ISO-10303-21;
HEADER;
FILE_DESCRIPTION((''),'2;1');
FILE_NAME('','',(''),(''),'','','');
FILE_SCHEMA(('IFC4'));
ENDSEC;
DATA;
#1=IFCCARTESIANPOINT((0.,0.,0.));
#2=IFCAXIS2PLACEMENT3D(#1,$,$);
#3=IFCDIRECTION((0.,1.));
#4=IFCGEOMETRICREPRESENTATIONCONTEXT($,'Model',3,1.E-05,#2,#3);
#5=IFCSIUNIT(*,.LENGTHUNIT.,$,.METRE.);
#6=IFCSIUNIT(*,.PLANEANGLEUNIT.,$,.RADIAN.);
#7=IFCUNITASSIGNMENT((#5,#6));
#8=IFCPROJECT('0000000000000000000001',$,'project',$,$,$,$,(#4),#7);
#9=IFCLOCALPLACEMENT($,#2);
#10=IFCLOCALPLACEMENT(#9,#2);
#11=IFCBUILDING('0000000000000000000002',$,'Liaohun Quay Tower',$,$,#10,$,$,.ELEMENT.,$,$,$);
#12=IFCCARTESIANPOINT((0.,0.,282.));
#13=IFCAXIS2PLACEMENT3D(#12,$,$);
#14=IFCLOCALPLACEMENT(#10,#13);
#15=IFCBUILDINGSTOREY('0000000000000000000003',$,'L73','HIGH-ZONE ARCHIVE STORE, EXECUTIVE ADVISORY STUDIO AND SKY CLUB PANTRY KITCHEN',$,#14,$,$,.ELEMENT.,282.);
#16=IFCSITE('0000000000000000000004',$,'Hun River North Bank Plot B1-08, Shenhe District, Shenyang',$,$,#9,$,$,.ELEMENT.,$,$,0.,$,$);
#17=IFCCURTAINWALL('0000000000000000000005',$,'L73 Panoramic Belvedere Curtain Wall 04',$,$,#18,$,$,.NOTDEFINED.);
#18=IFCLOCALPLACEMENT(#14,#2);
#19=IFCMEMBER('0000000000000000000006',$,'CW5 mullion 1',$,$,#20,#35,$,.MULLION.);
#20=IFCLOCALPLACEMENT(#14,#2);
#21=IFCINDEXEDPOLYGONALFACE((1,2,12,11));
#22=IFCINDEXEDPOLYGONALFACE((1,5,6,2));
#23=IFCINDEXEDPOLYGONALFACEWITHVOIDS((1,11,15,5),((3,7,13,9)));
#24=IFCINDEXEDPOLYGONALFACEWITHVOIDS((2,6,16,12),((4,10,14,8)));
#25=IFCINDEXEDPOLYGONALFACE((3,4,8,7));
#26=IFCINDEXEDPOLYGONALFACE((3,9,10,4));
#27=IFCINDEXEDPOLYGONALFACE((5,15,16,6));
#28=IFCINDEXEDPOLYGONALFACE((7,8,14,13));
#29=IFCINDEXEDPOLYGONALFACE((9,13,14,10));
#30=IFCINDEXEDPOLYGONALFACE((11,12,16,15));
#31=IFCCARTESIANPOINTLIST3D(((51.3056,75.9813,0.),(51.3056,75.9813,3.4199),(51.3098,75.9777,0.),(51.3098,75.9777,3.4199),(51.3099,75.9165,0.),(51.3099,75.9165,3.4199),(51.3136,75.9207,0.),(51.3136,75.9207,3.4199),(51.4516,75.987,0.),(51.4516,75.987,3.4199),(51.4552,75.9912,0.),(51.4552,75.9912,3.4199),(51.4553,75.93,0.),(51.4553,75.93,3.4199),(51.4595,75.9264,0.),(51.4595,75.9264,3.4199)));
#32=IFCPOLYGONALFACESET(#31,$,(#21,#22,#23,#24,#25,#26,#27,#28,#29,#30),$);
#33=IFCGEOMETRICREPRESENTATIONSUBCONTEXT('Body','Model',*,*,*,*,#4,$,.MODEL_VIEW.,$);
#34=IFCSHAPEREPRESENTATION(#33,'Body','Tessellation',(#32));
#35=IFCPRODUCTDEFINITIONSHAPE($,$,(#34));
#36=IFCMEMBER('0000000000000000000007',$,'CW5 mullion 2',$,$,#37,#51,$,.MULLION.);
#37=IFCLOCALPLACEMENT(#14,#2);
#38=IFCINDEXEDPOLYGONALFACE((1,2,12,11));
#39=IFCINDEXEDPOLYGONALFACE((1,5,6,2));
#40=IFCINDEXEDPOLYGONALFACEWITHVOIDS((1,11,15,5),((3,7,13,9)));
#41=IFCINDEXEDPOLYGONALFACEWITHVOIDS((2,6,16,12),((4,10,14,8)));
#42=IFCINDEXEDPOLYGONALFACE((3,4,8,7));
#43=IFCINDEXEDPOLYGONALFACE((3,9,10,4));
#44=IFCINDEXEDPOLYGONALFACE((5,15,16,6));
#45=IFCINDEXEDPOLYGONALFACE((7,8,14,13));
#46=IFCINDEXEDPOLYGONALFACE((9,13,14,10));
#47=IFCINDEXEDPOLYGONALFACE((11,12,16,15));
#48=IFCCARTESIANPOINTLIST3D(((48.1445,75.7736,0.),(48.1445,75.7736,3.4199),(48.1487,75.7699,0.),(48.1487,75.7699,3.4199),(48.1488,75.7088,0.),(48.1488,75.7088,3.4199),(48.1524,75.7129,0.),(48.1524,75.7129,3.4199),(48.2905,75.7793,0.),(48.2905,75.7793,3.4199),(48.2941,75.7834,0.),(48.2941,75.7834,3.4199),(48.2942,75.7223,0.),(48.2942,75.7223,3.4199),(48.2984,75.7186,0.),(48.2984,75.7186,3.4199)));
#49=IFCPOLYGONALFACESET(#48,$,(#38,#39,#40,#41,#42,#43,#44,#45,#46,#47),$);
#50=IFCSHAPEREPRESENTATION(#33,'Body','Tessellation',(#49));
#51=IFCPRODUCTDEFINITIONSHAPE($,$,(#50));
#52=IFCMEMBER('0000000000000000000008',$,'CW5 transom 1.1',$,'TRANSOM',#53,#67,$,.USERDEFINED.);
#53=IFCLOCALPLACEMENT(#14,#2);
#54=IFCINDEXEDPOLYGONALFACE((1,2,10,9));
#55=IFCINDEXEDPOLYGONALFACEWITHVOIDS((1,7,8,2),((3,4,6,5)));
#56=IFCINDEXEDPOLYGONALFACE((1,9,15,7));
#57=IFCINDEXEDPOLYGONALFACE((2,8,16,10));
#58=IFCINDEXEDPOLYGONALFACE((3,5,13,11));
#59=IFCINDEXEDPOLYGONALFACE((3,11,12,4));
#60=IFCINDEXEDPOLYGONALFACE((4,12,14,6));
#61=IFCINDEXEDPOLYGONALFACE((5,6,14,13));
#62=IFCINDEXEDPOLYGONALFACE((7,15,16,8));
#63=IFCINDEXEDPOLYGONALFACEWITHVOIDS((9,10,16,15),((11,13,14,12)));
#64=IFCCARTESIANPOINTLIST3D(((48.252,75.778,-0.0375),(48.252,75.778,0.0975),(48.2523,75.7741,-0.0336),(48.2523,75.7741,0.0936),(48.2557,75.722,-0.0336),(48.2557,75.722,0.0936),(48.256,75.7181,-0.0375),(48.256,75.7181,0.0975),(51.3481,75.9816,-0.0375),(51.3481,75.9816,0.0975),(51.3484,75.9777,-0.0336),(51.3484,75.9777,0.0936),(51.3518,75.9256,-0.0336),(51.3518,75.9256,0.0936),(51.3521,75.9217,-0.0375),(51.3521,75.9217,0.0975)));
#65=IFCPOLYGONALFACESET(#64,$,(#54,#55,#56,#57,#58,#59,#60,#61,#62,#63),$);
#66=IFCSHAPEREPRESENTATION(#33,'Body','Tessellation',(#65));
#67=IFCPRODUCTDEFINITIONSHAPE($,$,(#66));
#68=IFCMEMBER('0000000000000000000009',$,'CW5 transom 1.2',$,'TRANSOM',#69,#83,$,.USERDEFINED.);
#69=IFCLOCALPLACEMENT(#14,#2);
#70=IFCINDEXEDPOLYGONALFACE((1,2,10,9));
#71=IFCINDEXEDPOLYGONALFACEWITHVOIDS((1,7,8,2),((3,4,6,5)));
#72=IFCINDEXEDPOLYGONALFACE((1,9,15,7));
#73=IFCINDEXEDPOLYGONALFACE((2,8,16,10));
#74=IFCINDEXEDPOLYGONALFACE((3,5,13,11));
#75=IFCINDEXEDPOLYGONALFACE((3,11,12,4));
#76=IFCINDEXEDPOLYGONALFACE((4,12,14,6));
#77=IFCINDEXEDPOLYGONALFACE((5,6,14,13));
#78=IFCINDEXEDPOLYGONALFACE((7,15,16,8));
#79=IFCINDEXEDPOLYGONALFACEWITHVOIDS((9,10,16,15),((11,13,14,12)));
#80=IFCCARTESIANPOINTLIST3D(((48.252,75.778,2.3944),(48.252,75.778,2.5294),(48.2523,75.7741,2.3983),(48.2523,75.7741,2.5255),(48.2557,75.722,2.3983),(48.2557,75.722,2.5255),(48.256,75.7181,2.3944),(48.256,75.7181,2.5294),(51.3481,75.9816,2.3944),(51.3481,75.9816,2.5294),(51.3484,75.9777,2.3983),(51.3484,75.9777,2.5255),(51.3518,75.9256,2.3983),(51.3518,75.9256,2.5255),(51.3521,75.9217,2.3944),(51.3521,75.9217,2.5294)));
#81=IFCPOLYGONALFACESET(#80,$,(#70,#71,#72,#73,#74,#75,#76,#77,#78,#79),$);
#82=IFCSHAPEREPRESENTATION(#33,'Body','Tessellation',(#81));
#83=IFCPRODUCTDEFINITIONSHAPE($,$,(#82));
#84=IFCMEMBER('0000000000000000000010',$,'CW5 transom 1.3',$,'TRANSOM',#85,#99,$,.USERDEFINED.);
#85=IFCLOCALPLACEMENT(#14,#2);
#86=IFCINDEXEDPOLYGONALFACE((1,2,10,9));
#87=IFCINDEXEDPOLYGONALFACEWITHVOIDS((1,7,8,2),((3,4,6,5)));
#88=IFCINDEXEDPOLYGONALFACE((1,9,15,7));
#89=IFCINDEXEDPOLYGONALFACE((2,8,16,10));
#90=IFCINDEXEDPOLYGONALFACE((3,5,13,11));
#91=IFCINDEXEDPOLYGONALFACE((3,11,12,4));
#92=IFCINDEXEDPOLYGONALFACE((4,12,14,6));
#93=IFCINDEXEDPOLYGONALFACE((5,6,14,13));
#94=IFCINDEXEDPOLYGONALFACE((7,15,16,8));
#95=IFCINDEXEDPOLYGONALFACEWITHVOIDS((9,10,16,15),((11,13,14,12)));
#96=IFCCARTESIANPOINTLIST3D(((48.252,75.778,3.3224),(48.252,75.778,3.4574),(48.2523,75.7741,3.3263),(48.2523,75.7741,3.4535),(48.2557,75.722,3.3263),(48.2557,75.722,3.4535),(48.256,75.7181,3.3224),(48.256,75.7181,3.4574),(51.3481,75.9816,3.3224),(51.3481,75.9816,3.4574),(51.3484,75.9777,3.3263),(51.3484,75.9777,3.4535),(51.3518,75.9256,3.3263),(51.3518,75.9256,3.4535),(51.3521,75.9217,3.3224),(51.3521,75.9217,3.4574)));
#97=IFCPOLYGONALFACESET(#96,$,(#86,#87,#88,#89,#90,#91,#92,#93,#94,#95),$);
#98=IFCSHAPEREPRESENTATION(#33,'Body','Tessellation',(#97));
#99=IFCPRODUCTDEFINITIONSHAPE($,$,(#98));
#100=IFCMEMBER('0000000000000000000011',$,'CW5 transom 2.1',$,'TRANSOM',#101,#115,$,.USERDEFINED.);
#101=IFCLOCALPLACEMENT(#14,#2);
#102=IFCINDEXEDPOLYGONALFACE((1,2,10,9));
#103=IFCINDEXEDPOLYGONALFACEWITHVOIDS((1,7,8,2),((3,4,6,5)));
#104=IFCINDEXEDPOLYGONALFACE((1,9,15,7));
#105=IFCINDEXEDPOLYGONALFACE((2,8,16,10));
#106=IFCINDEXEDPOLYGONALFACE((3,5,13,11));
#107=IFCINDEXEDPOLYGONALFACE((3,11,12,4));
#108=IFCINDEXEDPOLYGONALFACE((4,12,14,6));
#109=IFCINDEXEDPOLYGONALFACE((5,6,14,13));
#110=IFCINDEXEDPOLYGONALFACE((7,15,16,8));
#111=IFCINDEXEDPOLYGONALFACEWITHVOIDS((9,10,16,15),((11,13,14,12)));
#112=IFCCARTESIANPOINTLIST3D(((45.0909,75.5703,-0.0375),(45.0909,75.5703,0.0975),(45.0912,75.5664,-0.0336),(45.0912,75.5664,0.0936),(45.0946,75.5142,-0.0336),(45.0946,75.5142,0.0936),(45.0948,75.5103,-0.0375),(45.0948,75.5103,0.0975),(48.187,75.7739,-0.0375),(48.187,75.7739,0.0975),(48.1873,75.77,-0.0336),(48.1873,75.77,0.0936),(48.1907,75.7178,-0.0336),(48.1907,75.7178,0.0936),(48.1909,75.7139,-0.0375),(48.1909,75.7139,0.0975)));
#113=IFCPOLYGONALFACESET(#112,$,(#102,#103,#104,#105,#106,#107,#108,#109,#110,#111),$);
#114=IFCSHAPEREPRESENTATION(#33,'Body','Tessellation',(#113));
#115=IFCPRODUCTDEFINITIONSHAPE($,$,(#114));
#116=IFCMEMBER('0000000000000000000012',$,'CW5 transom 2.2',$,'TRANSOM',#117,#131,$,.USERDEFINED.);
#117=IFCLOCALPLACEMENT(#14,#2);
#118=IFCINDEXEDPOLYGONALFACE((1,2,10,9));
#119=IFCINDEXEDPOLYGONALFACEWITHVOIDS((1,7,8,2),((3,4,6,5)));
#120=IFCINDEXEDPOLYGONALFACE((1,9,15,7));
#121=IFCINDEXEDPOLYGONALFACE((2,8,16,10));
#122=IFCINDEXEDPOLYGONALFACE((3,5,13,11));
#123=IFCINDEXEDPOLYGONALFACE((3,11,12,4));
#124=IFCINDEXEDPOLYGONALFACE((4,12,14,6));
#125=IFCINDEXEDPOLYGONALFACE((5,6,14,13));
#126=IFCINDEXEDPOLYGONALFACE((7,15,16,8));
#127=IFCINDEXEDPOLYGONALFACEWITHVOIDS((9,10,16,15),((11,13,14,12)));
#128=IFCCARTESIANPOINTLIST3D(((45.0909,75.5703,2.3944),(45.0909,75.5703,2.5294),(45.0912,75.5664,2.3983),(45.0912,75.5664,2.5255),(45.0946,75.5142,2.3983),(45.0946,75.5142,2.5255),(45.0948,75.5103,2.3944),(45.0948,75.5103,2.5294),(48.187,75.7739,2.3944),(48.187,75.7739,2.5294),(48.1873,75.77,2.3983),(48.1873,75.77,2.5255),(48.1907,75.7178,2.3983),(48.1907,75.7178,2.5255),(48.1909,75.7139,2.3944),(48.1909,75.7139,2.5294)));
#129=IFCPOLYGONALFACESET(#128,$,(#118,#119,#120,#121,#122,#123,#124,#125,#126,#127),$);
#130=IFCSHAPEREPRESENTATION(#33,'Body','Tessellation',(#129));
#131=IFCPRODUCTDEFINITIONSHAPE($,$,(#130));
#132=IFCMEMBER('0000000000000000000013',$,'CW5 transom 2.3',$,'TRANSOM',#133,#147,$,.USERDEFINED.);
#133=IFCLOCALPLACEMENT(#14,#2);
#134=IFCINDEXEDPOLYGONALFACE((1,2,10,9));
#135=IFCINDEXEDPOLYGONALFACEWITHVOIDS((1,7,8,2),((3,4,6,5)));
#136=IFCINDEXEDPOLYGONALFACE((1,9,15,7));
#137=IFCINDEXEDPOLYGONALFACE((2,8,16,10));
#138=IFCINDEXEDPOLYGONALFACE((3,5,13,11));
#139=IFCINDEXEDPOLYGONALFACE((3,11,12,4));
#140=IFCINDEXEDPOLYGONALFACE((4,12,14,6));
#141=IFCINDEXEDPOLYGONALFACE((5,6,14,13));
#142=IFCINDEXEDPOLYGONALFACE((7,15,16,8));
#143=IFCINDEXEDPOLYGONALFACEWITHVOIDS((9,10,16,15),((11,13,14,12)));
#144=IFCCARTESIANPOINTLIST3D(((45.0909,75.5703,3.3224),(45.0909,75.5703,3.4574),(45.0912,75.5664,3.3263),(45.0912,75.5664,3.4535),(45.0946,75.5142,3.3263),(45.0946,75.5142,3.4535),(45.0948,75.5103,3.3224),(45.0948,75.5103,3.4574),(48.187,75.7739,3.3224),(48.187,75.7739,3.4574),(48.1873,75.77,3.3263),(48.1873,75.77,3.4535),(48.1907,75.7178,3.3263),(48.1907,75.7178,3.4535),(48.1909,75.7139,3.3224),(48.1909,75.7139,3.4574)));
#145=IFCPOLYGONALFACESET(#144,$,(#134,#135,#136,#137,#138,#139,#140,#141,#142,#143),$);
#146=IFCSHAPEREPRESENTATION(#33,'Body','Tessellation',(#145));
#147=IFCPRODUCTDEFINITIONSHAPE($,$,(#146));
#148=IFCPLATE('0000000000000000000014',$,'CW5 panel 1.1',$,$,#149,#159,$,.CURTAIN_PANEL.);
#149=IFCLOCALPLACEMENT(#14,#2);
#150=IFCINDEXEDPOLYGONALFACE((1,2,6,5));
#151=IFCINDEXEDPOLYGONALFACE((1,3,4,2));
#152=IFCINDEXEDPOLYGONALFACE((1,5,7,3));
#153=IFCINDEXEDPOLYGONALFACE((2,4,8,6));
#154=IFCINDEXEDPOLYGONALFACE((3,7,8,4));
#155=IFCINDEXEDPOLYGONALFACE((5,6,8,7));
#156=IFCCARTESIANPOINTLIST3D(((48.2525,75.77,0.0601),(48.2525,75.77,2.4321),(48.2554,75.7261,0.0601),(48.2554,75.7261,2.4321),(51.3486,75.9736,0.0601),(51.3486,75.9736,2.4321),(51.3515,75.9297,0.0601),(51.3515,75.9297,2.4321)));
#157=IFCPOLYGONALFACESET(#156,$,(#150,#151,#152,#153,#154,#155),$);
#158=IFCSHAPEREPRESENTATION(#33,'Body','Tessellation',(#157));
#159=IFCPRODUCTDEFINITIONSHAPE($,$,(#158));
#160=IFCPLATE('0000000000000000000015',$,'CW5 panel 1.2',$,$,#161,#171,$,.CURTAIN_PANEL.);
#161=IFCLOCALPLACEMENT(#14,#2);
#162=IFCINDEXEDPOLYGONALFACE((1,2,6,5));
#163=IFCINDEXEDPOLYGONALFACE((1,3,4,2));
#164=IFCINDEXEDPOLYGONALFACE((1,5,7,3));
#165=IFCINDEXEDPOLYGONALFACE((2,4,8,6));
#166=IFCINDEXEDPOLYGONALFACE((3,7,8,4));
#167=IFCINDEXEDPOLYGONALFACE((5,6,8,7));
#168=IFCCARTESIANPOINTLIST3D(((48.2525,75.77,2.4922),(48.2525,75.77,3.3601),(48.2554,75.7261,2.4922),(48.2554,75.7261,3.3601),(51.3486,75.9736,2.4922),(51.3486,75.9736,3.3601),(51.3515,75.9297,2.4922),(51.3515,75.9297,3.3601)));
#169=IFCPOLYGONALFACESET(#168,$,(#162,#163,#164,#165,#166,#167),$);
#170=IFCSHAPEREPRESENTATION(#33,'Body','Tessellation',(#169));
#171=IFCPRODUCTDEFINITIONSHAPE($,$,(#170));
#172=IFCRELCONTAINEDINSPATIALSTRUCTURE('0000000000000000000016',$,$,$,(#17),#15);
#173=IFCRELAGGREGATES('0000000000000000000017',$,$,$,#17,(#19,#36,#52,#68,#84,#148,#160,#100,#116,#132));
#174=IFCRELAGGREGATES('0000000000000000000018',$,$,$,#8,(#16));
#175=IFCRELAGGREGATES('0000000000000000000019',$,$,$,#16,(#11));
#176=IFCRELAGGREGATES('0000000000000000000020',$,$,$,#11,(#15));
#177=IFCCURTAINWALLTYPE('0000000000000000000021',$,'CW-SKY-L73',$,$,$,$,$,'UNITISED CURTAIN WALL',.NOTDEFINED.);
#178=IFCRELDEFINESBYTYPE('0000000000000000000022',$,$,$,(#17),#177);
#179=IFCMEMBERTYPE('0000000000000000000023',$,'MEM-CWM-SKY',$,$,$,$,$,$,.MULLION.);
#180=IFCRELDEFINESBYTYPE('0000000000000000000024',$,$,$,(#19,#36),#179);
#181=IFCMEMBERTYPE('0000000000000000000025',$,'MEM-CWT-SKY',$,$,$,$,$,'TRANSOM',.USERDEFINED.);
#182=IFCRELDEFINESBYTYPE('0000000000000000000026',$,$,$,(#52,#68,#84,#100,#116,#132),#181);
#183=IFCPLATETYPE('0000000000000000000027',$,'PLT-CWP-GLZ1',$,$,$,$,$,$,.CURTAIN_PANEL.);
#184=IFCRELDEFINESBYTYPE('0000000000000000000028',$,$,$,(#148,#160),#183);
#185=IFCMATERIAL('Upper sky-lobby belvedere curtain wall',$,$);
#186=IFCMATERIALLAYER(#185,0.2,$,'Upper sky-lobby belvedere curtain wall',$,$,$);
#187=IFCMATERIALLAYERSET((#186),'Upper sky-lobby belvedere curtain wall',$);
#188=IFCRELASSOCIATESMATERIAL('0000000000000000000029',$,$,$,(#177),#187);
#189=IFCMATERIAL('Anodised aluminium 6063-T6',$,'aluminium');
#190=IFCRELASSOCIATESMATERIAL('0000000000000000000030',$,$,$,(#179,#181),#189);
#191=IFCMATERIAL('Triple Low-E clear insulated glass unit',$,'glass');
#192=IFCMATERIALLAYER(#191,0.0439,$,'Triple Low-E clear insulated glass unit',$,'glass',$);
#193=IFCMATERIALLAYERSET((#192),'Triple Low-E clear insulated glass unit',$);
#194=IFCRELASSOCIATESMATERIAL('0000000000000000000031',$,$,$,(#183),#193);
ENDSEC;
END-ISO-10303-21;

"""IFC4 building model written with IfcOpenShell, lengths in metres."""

from ifc_helpers import new_model, si_unit, direction, frame, origin, origin_2d, place, context, subcontext, project, spatial, rectangle, hollow_rectangle, extrude, source, transform, mapped, material, layer, layer_set, material_profile, profile_set, type_object, element, aggregate, save


model = new_model("IFC4")

# Units and contexts
model_context = context("Model", 3, precision=1e-05, world=origin(), true_north=direction((0.0, 1.0)))
body_context = subcontext(model_context, "Body", "Model", "MODEL_VIEW")
ifc_project = project(units=[si_unit("LENGTHUNIT", "METRE"), si_unit("PLANEANGLEUNIT", "RADIAN")], contexts=[model_context])

# Site, building, storey
site_placement = place(None, origin())
site = spatial("IfcSite", under=ifc_project, at=site_placement, Name="Hun River North Bank Plot B1-08, Shenhe District, Shenyang", CompositionType="ELEMENT", RefElevation=0.0)
building_placement = place(site_placement, origin())
building = spatial("IfcBuilding", under=site, at=building_placement, Name="Liaohun Quay Tower", CompositionType="ELEMENT")
storey_placement = place(building_placement, frame((0.0, 0.0, 282.0)))
storey = spatial("IfcBuildingStorey", under=building, at=storey_placement, Name="L73", Description="HIGH-ZONE ARCHIVE STORE, EXECUTIVE ADVISORY STUDIO AND SKY CLUB PANTRY KITCHEN", CompositionType="ELEMENT", Elevation=282.0)

# Curtain wall, members, plates
ifc_material_1 = material(Name="Upper sky-lobby belvedere curtain wall")
ifc_layer_1 = layer(ifc_material_1, 0.2, Name="Upper sky-lobby belvedere curtain wall")
ifc_layer_set_1 = layer_set([ifc_layer_1], Name="Upper sky-lobby belvedere curtain wall")
curtain_wall_type = type_object("IfcCurtainWallType", Name="CW-SKY-L73", ElementType="UNITISED CURTAIN WALL", PredefinedType="NOTDEFINED", material=ifc_layer_set_1)
curtain_wall_placement = place(storey_placement, origin())
curtain_wall = element("IfcCurtainWall", 1, at=curtain_wall_placement, inside=storey, type_object=curtain_wall_type, Name="L73 Panoramic Belvedere Curtain Wall 04", PredefinedType="NOTDEFINED")
ifc_material_2 = material(Name="Anodised aluminium 6063-T6", Category="aluminium")
ifc_material_profile_1 = material_profile(ifc_material_2, hollow_rectangle(XDim=0.0649, YDim=0.1499, WallThickness=0.0039, at=origin_2d()), Name="RHS150x65x4")
ifc_profile_set_1 = profile_set([ifc_material_profile_1], Name="Anodised aluminium 6063-T6")
member_type_1 = type_object("IfcMemberType", Name="MEM-CWM-SKY", PredefinedType="MULLION", material=ifc_profile_set_1)
shared_shape_1 = source(origin(), body_context, "Body", "SweptSolid", [
    extrude(hollow_rectangle(XDim=0.0649, YDim=0.1499, WallThickness=0.0039, at=origin_2d()), origin(), (0.0, 0.0, 1.0), 3.4199),
])
member_1_placement = place(storey_placement, frame((51.3826, 75.9539, 0.0), z_axis=(0.0, 0.0, 1.0), x_axis=(0.065617, -0.997845, 0.0)))
member_1 = element("IfcMember", 2, at=member_1_placement, type_object=member_type_1, Name="CW5 mullion 1", PredefinedType="MULLION", context=body_context, shape_type="MappedRepresentation", body=[
    mapped(shared_shape_1, transform((0.0, 0.0, 0.0), x_axis=(1.0, 0.0, 0.0), y_axis=(0.0, 1.0, 0.0), z_axis=(0.0, 0.0, 1.0), scale=1.0)),
])
member_2_placement = place(storey_placement, frame((48.2214, 75.7461, 0.0), z_axis=(0.0, 0.0, 1.0), x_axis=(0.065617, -0.997845, 0.0)))
member_2 = element("IfcMember", 3, at=member_2_placement, type_object=member_type_1, Name="CW5 mullion 2", PredefinedType="MULLION", context=body_context, shape_type="MappedRepresentation", body=[
    mapped(shared_shape_1, transform((0.0, 0.0, 0.0), x_axis=(1.0, 0.0, 0.0), y_axis=(0.0, 1.0, 0.0), z_axis=(0.0, 0.0, 1.0), scale=1.0)),
])
ifc_material_profile_2 = material_profile(ifc_material_2, hollow_rectangle(XDim=0.0601, YDim=0.135, WallThickness=0.0039, at=origin_2d()), Name="RHS135x60x4")
ifc_profile_set_2 = profile_set([ifc_material_profile_2], Name="Anodised aluminium 6063-T6")
member_type_2 = type_object("IfcMemberType", Name="MEM-CWT-SKY", ElementType="TRANSOM", PredefinedType="USERDEFINED", material=ifc_profile_set_2)
shared_shape_2 = source(origin(), body_context, "Body", "SweptSolid", [
    extrude(hollow_rectangle(XDim=0.0601, YDim=0.135, WallThickness=0.0039, at=origin_2d()), origin(), (0.0, 0.0, 1.0), 3.1028),
])
member_3_placement = place(storey_placement, frame((51.3501, 75.9517, 0.03), z_axis=(-0.997845, -0.065621, 0.0), x_axis=(0.065621, -0.997845, 0.0)))
member_3 = element("IfcMember", 4, at=member_3_placement, type_object=member_type_2, Name="CW5 transom 1.1", ObjectType="TRANSOM", PredefinedType="USERDEFINED", context=body_context, shape_type="MappedRepresentation", body=[
    mapped(shared_shape_2, transform((0.0, 0.0, 0.0), x_axis=(1.0, 0.0, 0.0), y_axis=(0.0, 1.0, 0.0), z_axis=(0.0, 0.0, 1.0), scale=1.0)),
])
member_4_placement = place(storey_placement, frame((51.3501, 75.9517, 2.4619), z_axis=(-0.997845, -0.065621, 0.0), x_axis=(0.065621, -0.997845, 0.0)))
member_4 = element("IfcMember", 5, at=member_4_placement, type_object=member_type_2, Name="CW5 transom 1.2", ObjectType="TRANSOM", PredefinedType="USERDEFINED", context=body_context, shape_type="MappedRepresentation", body=[
    mapped(shared_shape_2, transform((0.0, 0.0, 0.0), x_axis=(1.0, 0.0, 0.0), y_axis=(0.0, 1.0, 0.0), z_axis=(0.0, 0.0, 1.0), scale=1.0)),
])
member_5_placement = place(storey_placement, frame((51.3501, 75.9517, 3.3899), z_axis=(-0.997845, -0.065621, 0.0), x_axis=(0.065621, -0.997845, 0.0)))
member_5 = element("IfcMember", 6, at=member_5_placement, type_object=member_type_2, Name="CW5 transom 1.3", ObjectType="TRANSOM", PredefinedType="USERDEFINED", context=body_context, shape_type="MappedRepresentation", body=[
    mapped(shared_shape_2, transform((0.0, 0.0, 0.0), x_axis=(1.0, 0.0, 0.0), y_axis=(0.0, 1.0, 0.0), z_axis=(0.0, 0.0, 1.0), scale=1.0)),
])
member_6_placement = place(storey_placement, frame((48.189, 75.7439, 0.03), z_axis=(-0.997845, -0.065621, 0.0), x_axis=(0.065621, -0.997845, 0.0)))
member_6 = element("IfcMember", 7, at=member_6_placement, type_object=member_type_2, Name="CW5 transom 2.1", ObjectType="TRANSOM", PredefinedType="USERDEFINED", context=body_context, shape_type="MappedRepresentation", body=[
    mapped(shared_shape_2, transform((0.0, 0.0, 0.0), x_axis=(1.0, 0.0, 0.0), y_axis=(0.0, 1.0, 0.0), z_axis=(0.0, 0.0, 1.0), scale=1.0)),
])
member_7_placement = place(storey_placement, frame((48.189, 75.7439, 2.4619), z_axis=(-0.997845, -0.065621, 0.0), x_axis=(0.065621, -0.997845, 0.0)))
member_7 = element("IfcMember", 8, at=member_7_placement, type_object=member_type_2, Name="CW5 transom 2.2", ObjectType="TRANSOM", PredefinedType="USERDEFINED", context=body_context, shape_type="MappedRepresentation", body=[
    mapped(shared_shape_2, transform((0.0, 0.0, 0.0), x_axis=(1.0, 0.0, 0.0), y_axis=(0.0, 1.0, 0.0), z_axis=(0.0, 0.0, 1.0), scale=1.0)),
])
member_8_placement = place(storey_placement, frame((48.189, 75.7439, 3.3899), z_axis=(-0.997845, -0.065621, 0.0), x_axis=(0.065621, -0.997845, 0.0)))
member_8 = element("IfcMember", 9, at=member_8_placement, type_object=member_type_2, Name="CW5 transom 2.3", ObjectType="TRANSOM", PredefinedType="USERDEFINED", context=body_context, shape_type="MappedRepresentation", body=[
    mapped(shared_shape_2, transform((0.0, 0.0, 0.0), x_axis=(1.0, 0.0, 0.0), y_axis=(0.0, 1.0, 0.0), z_axis=(0.0, 0.0, 1.0), scale=1.0)),
])
ifc_material_3 = material(Name="Triple Low-E clear insulated glass unit", Category="glass")
ifc_layer_2 = layer(ifc_material_3, 0.0439, Name="Triple Low-E clear insulated glass unit", Category="glass")
ifc_layer_set_2 = layer_set([ifc_layer_2], Name="Triple Low-E clear insulated glass unit")
plate_type = type_object("IfcPlateType", Name="PLT-CWP-GLZ1", PredefinedType="CURTAIN_PANEL", material=ifc_layer_set_2)
shared_shape_3 = source(origin(), body_context, "Body", "SweptSolid", [
    extrude(rectangle(XDim=3.1028, YDim=0.0439, at=origin_2d()), origin(), (0.0, 0.0, 1.0), 2.3721),
])
plate_1_placement = place(storey_placement, frame((49.802, 75.8499, 0.0601), z_axis=(0.0, 0.0, 1.0), x_axis=(-0.997845, -0.065617, 0.0)))
plate_1 = element("IfcPlate", 10, at=plate_1_placement, type_object=plate_type, Name="CW5 panel 1.1", PredefinedType="CURTAIN_PANEL", context=body_context, shape_type="MappedRepresentation", body=[
    mapped(shared_shape_3, transform((0.0, 0.0, 0.0), x_axis=(1.0, 0.0, 0.0), y_axis=(0.0, 1.0, 0.0), z_axis=(0.0, 0.0, 1.0), scale=1.0)),
])
shared_shape_4 = source(origin(), body_context, "Body", "SweptSolid", [
    extrude(rectangle(XDim=3.1028, YDim=0.0439, at=origin_2d()), origin(), (0.0, 0.0, 1.0), 0.8679),
])
plate_2_placement = place(storey_placement, frame((49.802, 75.8499, 2.4922), z_axis=(0.0, 0.0, 1.0), x_axis=(-0.997845, -0.065617, 0.0)))
plate_2 = element("IfcPlate", 11, at=plate_2_placement, type_object=plate_type, Name="CW5 panel 1.2", PredefinedType="CURTAIN_PANEL", context=body_context, shape_type="MappedRepresentation", body=[
    mapped(shared_shape_4, transform((0.0, 0.0, 0.0), x_axis=(1.0, 0.0, 0.0), y_axis=(0.0, 1.0, 0.0), z_axis=(0.0, 0.0, 1.0), scale=1.0)),
])
aggregate(curtain_wall, [member_1, member_2, member_3, member_4, member_5, plate_1, plate_2, member_6, member_7, member_8])

save(model, "model.ifc")
